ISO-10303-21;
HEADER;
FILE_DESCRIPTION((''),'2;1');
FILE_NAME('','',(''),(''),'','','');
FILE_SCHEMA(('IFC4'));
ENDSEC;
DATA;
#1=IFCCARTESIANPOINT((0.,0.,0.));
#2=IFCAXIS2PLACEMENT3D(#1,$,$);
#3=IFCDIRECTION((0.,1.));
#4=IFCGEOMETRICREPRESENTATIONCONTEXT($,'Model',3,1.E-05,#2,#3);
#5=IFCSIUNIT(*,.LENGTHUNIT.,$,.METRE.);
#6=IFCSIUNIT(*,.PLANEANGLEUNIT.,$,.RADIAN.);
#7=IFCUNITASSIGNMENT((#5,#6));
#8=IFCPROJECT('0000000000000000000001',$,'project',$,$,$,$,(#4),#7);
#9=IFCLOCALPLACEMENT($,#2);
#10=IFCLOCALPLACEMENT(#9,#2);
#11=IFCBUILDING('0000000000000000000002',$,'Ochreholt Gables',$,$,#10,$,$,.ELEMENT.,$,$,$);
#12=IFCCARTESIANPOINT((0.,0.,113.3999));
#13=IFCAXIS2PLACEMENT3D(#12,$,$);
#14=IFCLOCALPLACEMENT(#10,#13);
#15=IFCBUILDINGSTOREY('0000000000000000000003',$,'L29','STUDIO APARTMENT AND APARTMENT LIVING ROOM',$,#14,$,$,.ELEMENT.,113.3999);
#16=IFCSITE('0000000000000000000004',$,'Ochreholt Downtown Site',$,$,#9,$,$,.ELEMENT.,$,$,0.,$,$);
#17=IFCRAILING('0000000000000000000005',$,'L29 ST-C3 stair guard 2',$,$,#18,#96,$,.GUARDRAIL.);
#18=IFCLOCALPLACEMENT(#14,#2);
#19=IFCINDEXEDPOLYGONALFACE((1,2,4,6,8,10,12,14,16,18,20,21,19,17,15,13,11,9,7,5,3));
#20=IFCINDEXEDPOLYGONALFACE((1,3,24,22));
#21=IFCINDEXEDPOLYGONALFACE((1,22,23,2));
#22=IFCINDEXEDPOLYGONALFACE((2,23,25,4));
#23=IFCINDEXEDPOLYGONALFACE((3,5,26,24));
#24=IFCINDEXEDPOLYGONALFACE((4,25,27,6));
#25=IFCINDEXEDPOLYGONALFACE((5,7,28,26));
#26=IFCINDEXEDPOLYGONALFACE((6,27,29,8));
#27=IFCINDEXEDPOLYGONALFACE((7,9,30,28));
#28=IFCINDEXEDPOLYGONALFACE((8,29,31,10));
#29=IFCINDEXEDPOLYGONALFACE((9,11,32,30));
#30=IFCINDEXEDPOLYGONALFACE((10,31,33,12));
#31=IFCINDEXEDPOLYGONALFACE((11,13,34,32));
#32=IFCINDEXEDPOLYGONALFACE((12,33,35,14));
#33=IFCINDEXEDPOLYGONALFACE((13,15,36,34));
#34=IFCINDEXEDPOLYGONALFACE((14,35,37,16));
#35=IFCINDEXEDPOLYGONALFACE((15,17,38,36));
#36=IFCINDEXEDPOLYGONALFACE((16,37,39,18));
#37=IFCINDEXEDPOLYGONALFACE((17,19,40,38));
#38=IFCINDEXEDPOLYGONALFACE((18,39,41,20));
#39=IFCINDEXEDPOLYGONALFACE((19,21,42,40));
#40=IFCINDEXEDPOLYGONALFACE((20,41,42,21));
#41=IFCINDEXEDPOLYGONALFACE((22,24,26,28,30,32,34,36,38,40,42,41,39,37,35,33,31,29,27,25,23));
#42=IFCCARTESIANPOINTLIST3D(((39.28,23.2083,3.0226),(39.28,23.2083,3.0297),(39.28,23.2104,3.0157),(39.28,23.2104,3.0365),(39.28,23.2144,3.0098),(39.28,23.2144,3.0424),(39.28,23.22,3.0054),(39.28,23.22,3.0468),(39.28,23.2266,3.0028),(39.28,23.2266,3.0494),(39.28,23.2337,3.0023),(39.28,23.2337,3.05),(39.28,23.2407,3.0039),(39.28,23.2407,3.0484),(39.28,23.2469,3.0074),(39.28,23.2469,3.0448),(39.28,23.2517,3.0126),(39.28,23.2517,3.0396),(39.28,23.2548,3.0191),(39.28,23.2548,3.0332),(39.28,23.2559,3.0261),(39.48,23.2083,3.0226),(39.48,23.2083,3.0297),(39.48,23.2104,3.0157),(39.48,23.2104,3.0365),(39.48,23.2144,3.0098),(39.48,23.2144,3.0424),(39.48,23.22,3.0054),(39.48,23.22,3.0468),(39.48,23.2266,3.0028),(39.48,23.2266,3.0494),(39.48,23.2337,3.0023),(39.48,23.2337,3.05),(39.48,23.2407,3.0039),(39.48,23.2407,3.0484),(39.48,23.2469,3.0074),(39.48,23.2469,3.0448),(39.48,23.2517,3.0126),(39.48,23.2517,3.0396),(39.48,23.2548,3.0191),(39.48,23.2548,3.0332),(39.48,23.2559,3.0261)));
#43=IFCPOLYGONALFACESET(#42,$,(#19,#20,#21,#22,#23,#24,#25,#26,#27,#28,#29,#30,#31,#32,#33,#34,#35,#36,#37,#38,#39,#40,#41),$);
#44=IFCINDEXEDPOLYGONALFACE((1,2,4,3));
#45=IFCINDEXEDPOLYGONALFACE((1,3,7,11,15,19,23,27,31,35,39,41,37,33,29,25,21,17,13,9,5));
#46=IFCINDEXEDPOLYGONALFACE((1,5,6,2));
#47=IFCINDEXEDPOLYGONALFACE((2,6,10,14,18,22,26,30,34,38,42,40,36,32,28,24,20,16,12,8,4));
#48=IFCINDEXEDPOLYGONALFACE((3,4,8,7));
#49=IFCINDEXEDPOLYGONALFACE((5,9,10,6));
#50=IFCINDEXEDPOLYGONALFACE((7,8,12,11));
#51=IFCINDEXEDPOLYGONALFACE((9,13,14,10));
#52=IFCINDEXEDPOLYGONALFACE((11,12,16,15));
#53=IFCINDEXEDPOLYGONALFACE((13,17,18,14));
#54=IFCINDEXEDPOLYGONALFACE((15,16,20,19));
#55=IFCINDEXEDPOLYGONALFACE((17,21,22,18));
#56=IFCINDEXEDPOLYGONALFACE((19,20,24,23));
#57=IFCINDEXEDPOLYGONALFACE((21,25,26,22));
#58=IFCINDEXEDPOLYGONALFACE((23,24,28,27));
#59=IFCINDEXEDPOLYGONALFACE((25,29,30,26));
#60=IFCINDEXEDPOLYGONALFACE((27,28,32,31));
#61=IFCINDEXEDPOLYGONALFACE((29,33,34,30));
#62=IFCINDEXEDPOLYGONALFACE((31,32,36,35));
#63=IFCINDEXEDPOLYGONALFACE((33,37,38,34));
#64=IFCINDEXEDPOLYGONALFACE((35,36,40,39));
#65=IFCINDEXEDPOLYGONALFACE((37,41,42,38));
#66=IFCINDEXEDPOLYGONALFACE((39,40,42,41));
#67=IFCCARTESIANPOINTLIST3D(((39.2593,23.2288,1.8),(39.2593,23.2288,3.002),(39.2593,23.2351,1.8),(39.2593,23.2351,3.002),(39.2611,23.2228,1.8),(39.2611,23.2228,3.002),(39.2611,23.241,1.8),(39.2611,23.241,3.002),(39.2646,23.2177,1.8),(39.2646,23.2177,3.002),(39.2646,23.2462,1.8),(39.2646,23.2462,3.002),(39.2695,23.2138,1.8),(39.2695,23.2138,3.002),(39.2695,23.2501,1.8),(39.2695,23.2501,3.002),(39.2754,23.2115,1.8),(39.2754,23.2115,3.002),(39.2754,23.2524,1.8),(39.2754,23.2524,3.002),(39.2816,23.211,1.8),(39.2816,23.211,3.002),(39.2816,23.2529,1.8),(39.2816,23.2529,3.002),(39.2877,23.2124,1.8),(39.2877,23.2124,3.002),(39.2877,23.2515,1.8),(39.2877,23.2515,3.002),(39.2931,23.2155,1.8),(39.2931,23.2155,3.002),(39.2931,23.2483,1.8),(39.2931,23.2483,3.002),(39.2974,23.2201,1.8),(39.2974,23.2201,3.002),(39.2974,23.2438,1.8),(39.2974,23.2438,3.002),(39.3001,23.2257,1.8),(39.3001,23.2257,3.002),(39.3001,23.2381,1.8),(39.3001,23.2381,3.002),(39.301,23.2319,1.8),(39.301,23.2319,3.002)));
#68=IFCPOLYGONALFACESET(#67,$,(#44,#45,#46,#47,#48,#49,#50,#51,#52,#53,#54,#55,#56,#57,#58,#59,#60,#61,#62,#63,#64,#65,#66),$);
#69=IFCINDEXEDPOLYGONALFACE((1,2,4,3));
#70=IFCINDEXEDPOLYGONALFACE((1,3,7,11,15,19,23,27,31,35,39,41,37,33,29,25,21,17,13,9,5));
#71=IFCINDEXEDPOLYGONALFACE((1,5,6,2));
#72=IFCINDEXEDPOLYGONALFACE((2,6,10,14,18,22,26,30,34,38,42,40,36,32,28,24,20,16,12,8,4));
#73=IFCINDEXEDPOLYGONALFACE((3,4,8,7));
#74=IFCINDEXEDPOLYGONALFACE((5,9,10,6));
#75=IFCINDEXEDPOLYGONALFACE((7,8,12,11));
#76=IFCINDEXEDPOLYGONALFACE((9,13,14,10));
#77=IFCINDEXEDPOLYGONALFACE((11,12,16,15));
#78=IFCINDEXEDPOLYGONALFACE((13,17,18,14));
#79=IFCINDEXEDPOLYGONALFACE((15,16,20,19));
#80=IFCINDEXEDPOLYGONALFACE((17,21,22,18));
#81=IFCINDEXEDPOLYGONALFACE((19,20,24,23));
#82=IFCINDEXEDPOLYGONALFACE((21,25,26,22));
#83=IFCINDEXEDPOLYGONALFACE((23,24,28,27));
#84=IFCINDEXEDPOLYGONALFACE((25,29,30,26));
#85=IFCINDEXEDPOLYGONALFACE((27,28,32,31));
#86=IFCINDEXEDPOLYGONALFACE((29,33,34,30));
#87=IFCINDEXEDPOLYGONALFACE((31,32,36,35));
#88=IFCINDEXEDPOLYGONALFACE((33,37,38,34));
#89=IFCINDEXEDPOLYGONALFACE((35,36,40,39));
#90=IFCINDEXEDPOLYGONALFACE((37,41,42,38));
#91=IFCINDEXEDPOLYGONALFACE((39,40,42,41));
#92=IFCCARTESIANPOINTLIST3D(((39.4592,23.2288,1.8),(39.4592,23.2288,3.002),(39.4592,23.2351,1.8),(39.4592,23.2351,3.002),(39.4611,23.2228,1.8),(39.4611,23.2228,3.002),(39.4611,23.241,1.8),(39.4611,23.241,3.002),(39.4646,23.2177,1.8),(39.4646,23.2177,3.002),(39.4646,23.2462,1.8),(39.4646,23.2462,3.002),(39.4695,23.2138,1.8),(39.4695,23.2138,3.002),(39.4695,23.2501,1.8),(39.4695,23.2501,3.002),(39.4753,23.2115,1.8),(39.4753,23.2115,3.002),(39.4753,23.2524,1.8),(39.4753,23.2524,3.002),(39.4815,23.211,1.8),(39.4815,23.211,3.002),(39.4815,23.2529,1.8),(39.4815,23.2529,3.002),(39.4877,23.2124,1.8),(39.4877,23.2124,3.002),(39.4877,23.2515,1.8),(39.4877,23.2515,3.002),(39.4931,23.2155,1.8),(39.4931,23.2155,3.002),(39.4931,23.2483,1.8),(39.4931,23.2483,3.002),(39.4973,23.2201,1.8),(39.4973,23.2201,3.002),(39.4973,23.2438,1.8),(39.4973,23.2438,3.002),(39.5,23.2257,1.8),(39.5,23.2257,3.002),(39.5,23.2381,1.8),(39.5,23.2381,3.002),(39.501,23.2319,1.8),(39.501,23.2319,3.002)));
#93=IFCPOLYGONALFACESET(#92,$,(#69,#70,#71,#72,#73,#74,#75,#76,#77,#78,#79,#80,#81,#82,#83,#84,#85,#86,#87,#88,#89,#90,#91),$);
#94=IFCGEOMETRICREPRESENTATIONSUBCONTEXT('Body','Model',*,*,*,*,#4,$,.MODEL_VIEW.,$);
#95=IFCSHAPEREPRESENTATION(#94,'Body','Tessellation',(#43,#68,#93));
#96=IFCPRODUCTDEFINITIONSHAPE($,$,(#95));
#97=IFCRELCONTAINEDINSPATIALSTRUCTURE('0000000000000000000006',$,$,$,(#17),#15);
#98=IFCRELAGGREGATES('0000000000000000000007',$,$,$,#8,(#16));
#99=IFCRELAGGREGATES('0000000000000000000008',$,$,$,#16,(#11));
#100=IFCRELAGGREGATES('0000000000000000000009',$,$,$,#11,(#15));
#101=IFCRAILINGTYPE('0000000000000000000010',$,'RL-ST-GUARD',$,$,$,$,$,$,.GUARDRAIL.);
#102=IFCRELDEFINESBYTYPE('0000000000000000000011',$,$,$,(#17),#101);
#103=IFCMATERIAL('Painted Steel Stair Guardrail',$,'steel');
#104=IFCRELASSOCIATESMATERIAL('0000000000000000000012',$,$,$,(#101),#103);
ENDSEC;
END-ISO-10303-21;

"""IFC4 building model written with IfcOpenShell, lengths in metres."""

from ifc_helpers import new_model, si_unit, direction, frame, origin, origin_2d, place, context, subcontext, project, spatial, circle, extrude, material, type_object, element, save


model = new_model("IFC4")

# Units and contexts
model_context = context("Model", 3, precision=1e-05, world=origin(), true_north=direction((0.0, 1.0)))
body_context = subcontext(model_context, "Body", "Model", "MODEL_VIEW")
ifc_project = project(units=[si_unit("LENGTHUNIT", "METRE"), si_unit("PLANEANGLEUNIT", "RADIAN")], contexts=[model_context])

# Site, building, storey
site_placement = place(None, origin())
site = spatial("IfcSite", under=ifc_project, at=site_placement, Name="Ochreholt Downtown Site", CompositionType="ELEMENT", RefElevation=0.0)
building_placement = place(site_placement, origin())
building = spatial("IfcBuilding", under=site, at=building_placement, Name="Ochreholt Gables", CompositionType="ELEMENT")
storey_placement = place(building_placement, frame((0.0, 0.0, 113.3999)))
storey = spatial("IfcBuildingStorey", under=building, at=storey_placement, Name="L29", Description="STUDIO APARTMENT AND APARTMENT LIVING ROOM", CompositionType="ELEMENT", Elevation=113.3999)

# Railing
ifc_material_1 = material(Name="Painted Steel Stair Guardrail", Category="steel")
railing_type_1 = type_object("IfcRailingType", Name="RL-ST-GUARD", PredefinedType="GUARDRAIL", material=ifc_material_1)
railing_1_placement = place(storey_placement, frame((39.28, 23.2319, 1.8)))
element("IfcRailing", 1, at=railing_1_placement, inside=storey, type_object=railing_type_1, Name="L29 ST-C3 stair guard 2", PredefinedType="GUARDRAIL", context=body_context, shape_type="SweptSolid", body=[
    extrude(circle(Radius=0.0239, at=origin_2d()), frame((0.0, 0.0, 1.2261), z_axis=(1.0, 0.0, 0.0), x_axis=(0.0, 1.0, 0.0)), (0.0, 0.0, 1.0), 0.2),
    extrude(circle(Radius=0.021, at=origin_2d()), origin(), (0.0, 0.0, 1.0), 1.2019),
    extrude(circle(Radius=0.021, at=origin_2d()), frame((0.2, 0.0, 0.0)), (0.0, 0.0, 1.0), 1.2019),
])

save(model, "model.ifc")
